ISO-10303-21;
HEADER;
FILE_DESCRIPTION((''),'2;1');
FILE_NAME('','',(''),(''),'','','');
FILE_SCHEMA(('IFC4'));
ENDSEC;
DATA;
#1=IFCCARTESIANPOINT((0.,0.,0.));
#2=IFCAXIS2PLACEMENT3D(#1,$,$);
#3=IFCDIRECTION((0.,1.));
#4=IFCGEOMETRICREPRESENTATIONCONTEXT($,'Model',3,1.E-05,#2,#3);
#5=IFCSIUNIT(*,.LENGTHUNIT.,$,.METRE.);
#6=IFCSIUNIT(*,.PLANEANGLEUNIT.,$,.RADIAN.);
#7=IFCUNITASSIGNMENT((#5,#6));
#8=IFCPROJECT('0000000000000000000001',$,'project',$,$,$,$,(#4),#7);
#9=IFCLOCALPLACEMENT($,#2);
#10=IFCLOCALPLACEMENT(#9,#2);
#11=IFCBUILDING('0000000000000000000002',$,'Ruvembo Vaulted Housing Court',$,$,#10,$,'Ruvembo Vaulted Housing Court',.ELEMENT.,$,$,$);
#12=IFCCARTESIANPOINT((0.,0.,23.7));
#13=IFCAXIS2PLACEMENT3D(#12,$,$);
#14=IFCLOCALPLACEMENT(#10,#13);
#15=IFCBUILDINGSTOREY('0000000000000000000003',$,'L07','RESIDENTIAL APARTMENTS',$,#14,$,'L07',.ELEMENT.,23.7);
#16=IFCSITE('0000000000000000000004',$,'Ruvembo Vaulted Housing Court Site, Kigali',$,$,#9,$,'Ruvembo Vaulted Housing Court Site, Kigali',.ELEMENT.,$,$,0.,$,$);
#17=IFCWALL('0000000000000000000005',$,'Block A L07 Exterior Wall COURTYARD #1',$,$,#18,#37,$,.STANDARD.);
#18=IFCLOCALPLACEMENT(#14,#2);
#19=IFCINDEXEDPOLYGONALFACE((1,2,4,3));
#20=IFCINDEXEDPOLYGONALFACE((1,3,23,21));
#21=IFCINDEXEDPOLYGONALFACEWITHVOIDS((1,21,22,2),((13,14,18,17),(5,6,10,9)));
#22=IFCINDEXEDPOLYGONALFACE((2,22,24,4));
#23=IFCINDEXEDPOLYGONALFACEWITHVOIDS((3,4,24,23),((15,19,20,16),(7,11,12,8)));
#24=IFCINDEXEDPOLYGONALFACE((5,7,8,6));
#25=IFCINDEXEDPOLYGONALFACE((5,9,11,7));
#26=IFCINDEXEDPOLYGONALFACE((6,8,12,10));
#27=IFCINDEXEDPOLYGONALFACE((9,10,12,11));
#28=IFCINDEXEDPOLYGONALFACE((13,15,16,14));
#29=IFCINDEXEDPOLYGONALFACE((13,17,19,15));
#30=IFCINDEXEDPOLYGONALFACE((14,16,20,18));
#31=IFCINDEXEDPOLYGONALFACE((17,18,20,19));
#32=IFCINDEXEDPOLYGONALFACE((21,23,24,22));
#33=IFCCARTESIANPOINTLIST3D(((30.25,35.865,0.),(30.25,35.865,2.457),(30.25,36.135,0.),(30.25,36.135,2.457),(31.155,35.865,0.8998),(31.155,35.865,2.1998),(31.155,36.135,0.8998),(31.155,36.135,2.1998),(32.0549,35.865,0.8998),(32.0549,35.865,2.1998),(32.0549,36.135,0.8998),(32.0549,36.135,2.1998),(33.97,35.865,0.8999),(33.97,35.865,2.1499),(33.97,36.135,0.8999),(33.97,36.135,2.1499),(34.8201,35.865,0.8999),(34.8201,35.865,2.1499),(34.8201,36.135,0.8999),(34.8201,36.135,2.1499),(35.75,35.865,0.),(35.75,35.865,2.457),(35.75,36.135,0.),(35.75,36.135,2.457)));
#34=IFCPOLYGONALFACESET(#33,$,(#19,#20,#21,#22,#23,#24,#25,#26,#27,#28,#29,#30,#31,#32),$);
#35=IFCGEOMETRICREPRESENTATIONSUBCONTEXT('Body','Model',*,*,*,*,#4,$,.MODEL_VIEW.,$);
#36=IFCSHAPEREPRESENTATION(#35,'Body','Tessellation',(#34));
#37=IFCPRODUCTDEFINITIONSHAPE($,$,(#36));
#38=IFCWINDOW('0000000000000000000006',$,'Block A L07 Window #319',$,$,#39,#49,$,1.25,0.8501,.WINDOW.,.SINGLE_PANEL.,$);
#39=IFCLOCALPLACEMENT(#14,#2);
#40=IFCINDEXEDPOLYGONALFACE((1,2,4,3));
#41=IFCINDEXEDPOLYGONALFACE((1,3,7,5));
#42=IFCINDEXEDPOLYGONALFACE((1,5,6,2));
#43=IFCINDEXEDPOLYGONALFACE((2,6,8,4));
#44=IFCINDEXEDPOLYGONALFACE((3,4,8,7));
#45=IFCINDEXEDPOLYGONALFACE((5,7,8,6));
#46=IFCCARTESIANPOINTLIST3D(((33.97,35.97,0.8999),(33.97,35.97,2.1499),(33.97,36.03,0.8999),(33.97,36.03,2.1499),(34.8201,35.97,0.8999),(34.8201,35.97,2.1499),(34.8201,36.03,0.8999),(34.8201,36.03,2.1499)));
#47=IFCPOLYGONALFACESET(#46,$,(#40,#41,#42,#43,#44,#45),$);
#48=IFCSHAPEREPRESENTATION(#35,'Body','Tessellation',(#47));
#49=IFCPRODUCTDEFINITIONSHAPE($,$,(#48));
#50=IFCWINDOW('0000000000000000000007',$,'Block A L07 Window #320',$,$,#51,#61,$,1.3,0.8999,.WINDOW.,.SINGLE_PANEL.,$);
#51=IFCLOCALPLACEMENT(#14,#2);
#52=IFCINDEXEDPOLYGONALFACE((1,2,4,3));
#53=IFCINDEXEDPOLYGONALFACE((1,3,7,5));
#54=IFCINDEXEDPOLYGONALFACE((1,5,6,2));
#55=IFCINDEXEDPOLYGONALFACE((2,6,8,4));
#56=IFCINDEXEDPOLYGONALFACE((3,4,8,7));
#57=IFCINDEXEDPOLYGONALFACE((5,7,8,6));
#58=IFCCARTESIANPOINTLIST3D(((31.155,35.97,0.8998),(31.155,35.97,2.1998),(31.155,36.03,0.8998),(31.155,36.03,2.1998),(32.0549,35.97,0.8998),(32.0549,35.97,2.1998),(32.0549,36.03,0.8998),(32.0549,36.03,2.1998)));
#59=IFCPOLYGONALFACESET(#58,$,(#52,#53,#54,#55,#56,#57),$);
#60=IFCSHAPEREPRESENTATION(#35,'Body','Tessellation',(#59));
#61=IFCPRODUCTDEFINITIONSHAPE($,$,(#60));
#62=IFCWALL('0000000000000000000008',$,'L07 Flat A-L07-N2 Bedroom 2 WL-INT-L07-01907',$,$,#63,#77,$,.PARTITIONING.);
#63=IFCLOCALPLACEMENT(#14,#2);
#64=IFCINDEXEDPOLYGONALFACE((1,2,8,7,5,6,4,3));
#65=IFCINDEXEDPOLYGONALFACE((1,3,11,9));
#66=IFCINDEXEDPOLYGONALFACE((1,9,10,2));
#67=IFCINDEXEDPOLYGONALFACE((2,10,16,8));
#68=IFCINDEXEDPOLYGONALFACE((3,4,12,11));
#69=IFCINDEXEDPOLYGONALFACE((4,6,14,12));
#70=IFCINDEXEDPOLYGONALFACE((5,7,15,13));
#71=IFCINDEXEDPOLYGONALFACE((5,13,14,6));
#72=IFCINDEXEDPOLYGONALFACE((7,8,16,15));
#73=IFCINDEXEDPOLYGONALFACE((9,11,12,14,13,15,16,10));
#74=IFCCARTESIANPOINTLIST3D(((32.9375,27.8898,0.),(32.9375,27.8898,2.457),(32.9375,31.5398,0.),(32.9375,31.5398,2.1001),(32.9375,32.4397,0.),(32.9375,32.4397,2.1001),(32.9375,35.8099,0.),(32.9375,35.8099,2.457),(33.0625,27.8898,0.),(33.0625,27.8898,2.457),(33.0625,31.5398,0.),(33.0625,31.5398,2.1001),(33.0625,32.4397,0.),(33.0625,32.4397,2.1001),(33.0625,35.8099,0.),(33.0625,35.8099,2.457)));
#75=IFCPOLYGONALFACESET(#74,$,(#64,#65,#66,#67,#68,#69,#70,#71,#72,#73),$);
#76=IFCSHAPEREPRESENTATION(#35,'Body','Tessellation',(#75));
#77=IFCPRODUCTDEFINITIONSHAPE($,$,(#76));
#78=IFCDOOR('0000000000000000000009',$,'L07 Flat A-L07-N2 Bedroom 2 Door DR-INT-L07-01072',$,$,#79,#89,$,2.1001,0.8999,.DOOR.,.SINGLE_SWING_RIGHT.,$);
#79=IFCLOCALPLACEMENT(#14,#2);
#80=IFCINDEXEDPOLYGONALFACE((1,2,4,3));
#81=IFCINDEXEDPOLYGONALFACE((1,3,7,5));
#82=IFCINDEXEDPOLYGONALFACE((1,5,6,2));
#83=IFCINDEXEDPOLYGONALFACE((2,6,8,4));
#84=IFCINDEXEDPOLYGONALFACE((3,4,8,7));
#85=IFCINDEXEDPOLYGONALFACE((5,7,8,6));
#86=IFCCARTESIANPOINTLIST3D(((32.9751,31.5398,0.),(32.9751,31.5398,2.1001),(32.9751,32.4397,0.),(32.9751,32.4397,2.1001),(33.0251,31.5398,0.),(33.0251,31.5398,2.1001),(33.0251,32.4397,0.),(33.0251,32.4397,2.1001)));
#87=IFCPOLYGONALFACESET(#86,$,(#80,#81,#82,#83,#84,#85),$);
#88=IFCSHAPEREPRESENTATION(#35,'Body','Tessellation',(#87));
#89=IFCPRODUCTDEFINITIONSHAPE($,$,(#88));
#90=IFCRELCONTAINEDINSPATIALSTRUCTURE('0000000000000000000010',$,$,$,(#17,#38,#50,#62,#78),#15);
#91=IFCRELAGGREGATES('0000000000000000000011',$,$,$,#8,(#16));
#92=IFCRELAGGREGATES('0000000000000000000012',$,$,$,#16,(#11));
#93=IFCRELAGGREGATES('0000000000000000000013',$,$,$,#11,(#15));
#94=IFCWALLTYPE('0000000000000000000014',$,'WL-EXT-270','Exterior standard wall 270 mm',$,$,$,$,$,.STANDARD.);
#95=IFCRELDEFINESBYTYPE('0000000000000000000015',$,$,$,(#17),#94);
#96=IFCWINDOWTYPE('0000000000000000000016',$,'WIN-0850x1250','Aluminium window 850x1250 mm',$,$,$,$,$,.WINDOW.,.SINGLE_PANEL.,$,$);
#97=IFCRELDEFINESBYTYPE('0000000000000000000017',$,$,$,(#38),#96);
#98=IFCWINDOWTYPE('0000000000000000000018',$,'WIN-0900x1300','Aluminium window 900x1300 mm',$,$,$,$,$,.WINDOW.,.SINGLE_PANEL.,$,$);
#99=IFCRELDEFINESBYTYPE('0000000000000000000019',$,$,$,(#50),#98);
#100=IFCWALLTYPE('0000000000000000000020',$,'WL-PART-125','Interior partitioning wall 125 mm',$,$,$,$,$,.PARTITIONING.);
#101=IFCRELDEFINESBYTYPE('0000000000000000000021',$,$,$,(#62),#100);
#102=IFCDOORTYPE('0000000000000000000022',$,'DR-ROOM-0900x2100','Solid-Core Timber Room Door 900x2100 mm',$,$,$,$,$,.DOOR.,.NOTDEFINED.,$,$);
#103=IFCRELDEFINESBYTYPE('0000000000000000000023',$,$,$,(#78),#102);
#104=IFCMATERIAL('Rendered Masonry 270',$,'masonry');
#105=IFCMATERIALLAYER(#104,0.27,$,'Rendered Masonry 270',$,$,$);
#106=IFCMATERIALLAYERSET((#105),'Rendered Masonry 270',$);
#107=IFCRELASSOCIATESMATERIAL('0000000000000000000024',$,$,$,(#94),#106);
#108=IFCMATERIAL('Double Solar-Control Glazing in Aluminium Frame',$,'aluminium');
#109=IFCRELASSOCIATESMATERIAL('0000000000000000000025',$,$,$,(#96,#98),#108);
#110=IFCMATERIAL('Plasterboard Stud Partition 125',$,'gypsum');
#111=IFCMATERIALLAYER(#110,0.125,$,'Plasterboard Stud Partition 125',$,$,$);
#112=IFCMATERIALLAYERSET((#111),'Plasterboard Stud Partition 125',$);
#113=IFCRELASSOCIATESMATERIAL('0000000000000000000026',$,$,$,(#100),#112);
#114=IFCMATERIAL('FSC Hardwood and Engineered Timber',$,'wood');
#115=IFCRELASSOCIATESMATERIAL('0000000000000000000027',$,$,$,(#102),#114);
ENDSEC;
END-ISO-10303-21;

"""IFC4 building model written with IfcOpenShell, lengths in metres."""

from ifc_helpers import new_model, si_unit, direction, frame, frame_2d, origin, place, context, subcontext, project, spatial, rectangle, extrude, material, layer, layer_set, type_object, element, fill, save


model = new_model("IFC4")

# Units and contexts
model_context = context("Model", 3, precision=1e-05, world=origin(), true_north=direction((0.0, 1.0)))
body_context = subcontext(model_context, "Body", "Model", "MODEL_VIEW")
ifc_project = project(units=[si_unit("LENGTHUNIT", "METRE"), si_unit("PLANEANGLEUNIT", "RADIAN")], contexts=[model_context])

# Site, building, storey
site_placement = place(None, origin())
site = spatial("IfcSite", under=ifc_project, at=site_placement, Name="Ruvembo Vaulted Housing Court Site, Kigali", LongName="Ruvembo Vaulted Housing Court Site, Kigali", CompositionType="ELEMENT", RefElevation=0.0)
building_placement = place(site_placement, origin())
building = spatial("IfcBuilding", under=site, at=building_placement, Name="Ruvembo Vaulted Housing Court", LongName="Ruvembo Vaulted Housing Court", CompositionType="ELEMENT")
storey_placement = place(building_placement, frame((0.0, 0.0, 23.7)))
storey = spatial("IfcBuildingStorey", under=building, at=storey_placement, Name="L07", Description="RESIDENTIAL APARTMENTS", LongName="L07", CompositionType="ELEMENT", Elevation=23.7)

# Wall, openings, windows
ifc_material_1 = material(Name="Rendered Masonry 270", Category="masonry")
ifc_layer_1 = layer(ifc_material_1, 0.27, Name="Rendered Masonry 270")
ifc_layer_set_1 = layer_set([ifc_layer_1], Name="Rendered Masonry 270")
wall_type_1 = type_object("IfcWallType", Name="WL-EXT-270", Description="Exterior standard wall 270 mm", PredefinedType="STANDARD", material=ifc_layer_set_1)
ifc_material_2 = material(Name="Double Solar-Control Glazing in Aluminium Frame", Category="aluminium")
wall_1_placement = place(storey_placement, frame((35.75, 36.0, 0.0), z_axis=(0.0, 0.0, 1.0), x_axis=(-1.0, 0.0, 0.0)))
wall_1 = element("IfcWall", 1, at=wall_1_placement, inside=storey, type_object=wall_type_1, Name="Block A L07 Exterior Wall COURTYARD #1", PredefinedType="STANDARD", context=body_context, shape_type="SweptSolid", body=[
    extrude(rectangle(XDim=5.5, YDim=0.27, at=frame_2d((2.75, 0.0))), origin(), (0.0, 0.0, 1.0), 2.457),
])
opening_1_placement = place(wall_1_placement, frame((0.9299, 0.0, 0.8999)))
opening_1 = element("IfcOpeningElement", 2, at=opening_1_placement, cuts=wall_1, PredefinedType="OPENING", context=body_context, shape_type="SweptSolid", body=[
    extrude(rectangle(XDim=0.8501, YDim=1.25, at=frame_2d((0.425, 0.625))), frame((0.0, 0.145, 0.0), z_axis=(0.0, -1.0, 0.0), x_axis=(1.0, 0.0, 0.0)), (0.0, 0.0, 1.0), 0.29),
])
opening_2_placement = place(wall_1_placement, frame((3.6951, 0.0, 0.8999)))
opening_2 = element("IfcOpeningElement", 3, at=opening_2_placement, cuts=wall_1, PredefinedType="OPENING", context=body_context, shape_type="SweptSolid", body=[
    extrude(rectangle(XDim=0.8999, YDim=1.3, at=frame_2d((0.45, 0.6499))), frame((0.0, 0.145, 0.0), z_axis=(0.0, -1.0, 0.0), x_axis=(1.0, 0.0, 0.0)), (0.0, 0.0, 1.0), 0.29),
])
window_type_1 = type_object("IfcWindowType", Name="WIN-0850x1250", Description="Aluminium window 850x1250 mm", PartitioningType="SINGLE_PANEL", PredefinedType="WINDOW", material=ifc_material_2)
window_1_placement = place(opening_1_placement, origin())
window_1 = element("IfcWindow", 4, at=window_1_placement, inside=storey, type_object=window_type_1, Name="Block A L07 Window #319", OverallHeight=1.25, OverallWidth=0.8501, PartitioningType="SINGLE_PANEL", PredefinedType="WINDOW", context=body_context, shape_type="SweptSolid", body=[
    extrude(rectangle(XDim=0.8501, YDim=1.25, at=frame_2d((0.425, 0.625))), frame((0.0, 0.03, 0.0), z_axis=(0.0, -1.0, 0.0), x_axis=(1.0, 0.0, 0.0)), (0.0, 0.0, 1.0), 0.0601),
])
fill(opening_1, window_1)
window_type_2 = type_object("IfcWindowType", Name="WIN-0900x1300", Description="Aluminium window 900x1300 mm", PartitioningType="SINGLE_PANEL", PredefinedType="WINDOW", material=ifc_material_2)
window_2_placement = place(opening_2_placement, origin())
window_2 = element("IfcWindow", 5, at=window_2_placement, inside=storey, type_object=window_type_2, Name="Block A L07 Window #320", OverallHeight=1.3, OverallWidth=0.8999, PartitioningType="SINGLE_PANEL", PredefinedType="WINDOW", context=body_context, shape_type="SweptSolid", body=[
    extrude(rectangle(XDim=0.8999, YDim=1.3, at=frame_2d((0.45, 0.6499))), frame((0.0, 0.03, 0.0), z_axis=(0.0, -1.0, 0.0), x_axis=(1.0, 0.0, 0.0)), (0.0, 0.0, 1.0), 0.0601),
])
fill(opening_2, window_2)

# Wall, opening, door
ifc_material_3 = material(Name="Plasterboard Stud Partition 125", Category="gypsum")
ifc_layer_2 = layer(ifc_material_3, 0.125, Name="Plasterboard Stud Partition 125")
ifc_layer_set_2 = layer_set([ifc_layer_2], Name="Plasterboard Stud Partition 125")
wall_type_2 = type_object("IfcWallType", Name="WL-PART-125", Description="Interior partitioning wall 125 mm", PredefinedType="PARTITIONING", material=ifc_layer_set_2)
wall_2_placement = place(storey_placement, frame((33.0, 27.8899, 0.0), z_axis=(0.0, 0.0, 1.0), x_axis=(0.0, 1.0, 0.0)))
wall_2 = element("IfcWall", 6, at=wall_2_placement, inside=storey, type_object=wall_type_2, Name="L07 Flat A-L07-N2 Bedroom 2 WL-INT-L07-01907", PredefinedType="PARTITIONING", context=body_context, shape_type="SweptSolid", body=[
    extrude(rectangle(XDim=7.9202, YDim=0.125, at=frame_2d((3.96, 0.0))), origin(), (0.0, 0.0, 1.0), 2.457),
])
opening_3_placement = place(wall_2_placement, frame((3.6499, 0.0, 0.0)))
opening_3 = element("IfcOpeningElement", 7, at=opening_3_placement, cuts=wall_2, PredefinedType="OPENING", context=body_context, shape_type="SweptSolid", body=[
    extrude(rectangle(XDim=0.8999, YDim=2.1001, at=frame_2d((0.45, 1.05))), frame((0.0, 0.0725, 0.0), z_axis=(0.0, -1.0, 0.0), x_axis=(1.0, 0.0, 0.0)), (0.0, 0.0, 1.0), 0.145),
])
ifc_material_4 = material(Name="FSC Hardwood and Engineered Timber", Category="wood")
door_type = type_object("IfcDoorType", Name="DR-ROOM-0900x2100", Description="Solid-Core Timber Room Door 900x2100 mm", OperationType="NOTDEFINED", PredefinedType="DOOR", material=ifc_material_4)
door_placement = place(opening_3_placement, origin())
door = element("IfcDoor", 8, at=door_placement, inside=storey, type_object=door_type, Name="L07 Flat A-L07-N2 Bedroom 2 Door DR-INT-L07-01072", OperationType="SINGLE_SWING_RIGHT", OverallHeight=2.1001, OverallWidth=0.8999, PredefinedType="DOOR", context=body_context, shape_type="SweptSolid", body=[
    extrude(rectangle(XDim=0.8999, YDim=2.1001, at=frame_2d((0.45, 1.05))), frame((0.0, 0.0249, 0.0), z_axis=(0.0, -1.0, 0.0), x_axis=(1.0, 0.0, 0.0)), (0.0, 0.0, 1.0), 0.05),
])
fill(opening_3, door)

save(model, "model.ifc")
